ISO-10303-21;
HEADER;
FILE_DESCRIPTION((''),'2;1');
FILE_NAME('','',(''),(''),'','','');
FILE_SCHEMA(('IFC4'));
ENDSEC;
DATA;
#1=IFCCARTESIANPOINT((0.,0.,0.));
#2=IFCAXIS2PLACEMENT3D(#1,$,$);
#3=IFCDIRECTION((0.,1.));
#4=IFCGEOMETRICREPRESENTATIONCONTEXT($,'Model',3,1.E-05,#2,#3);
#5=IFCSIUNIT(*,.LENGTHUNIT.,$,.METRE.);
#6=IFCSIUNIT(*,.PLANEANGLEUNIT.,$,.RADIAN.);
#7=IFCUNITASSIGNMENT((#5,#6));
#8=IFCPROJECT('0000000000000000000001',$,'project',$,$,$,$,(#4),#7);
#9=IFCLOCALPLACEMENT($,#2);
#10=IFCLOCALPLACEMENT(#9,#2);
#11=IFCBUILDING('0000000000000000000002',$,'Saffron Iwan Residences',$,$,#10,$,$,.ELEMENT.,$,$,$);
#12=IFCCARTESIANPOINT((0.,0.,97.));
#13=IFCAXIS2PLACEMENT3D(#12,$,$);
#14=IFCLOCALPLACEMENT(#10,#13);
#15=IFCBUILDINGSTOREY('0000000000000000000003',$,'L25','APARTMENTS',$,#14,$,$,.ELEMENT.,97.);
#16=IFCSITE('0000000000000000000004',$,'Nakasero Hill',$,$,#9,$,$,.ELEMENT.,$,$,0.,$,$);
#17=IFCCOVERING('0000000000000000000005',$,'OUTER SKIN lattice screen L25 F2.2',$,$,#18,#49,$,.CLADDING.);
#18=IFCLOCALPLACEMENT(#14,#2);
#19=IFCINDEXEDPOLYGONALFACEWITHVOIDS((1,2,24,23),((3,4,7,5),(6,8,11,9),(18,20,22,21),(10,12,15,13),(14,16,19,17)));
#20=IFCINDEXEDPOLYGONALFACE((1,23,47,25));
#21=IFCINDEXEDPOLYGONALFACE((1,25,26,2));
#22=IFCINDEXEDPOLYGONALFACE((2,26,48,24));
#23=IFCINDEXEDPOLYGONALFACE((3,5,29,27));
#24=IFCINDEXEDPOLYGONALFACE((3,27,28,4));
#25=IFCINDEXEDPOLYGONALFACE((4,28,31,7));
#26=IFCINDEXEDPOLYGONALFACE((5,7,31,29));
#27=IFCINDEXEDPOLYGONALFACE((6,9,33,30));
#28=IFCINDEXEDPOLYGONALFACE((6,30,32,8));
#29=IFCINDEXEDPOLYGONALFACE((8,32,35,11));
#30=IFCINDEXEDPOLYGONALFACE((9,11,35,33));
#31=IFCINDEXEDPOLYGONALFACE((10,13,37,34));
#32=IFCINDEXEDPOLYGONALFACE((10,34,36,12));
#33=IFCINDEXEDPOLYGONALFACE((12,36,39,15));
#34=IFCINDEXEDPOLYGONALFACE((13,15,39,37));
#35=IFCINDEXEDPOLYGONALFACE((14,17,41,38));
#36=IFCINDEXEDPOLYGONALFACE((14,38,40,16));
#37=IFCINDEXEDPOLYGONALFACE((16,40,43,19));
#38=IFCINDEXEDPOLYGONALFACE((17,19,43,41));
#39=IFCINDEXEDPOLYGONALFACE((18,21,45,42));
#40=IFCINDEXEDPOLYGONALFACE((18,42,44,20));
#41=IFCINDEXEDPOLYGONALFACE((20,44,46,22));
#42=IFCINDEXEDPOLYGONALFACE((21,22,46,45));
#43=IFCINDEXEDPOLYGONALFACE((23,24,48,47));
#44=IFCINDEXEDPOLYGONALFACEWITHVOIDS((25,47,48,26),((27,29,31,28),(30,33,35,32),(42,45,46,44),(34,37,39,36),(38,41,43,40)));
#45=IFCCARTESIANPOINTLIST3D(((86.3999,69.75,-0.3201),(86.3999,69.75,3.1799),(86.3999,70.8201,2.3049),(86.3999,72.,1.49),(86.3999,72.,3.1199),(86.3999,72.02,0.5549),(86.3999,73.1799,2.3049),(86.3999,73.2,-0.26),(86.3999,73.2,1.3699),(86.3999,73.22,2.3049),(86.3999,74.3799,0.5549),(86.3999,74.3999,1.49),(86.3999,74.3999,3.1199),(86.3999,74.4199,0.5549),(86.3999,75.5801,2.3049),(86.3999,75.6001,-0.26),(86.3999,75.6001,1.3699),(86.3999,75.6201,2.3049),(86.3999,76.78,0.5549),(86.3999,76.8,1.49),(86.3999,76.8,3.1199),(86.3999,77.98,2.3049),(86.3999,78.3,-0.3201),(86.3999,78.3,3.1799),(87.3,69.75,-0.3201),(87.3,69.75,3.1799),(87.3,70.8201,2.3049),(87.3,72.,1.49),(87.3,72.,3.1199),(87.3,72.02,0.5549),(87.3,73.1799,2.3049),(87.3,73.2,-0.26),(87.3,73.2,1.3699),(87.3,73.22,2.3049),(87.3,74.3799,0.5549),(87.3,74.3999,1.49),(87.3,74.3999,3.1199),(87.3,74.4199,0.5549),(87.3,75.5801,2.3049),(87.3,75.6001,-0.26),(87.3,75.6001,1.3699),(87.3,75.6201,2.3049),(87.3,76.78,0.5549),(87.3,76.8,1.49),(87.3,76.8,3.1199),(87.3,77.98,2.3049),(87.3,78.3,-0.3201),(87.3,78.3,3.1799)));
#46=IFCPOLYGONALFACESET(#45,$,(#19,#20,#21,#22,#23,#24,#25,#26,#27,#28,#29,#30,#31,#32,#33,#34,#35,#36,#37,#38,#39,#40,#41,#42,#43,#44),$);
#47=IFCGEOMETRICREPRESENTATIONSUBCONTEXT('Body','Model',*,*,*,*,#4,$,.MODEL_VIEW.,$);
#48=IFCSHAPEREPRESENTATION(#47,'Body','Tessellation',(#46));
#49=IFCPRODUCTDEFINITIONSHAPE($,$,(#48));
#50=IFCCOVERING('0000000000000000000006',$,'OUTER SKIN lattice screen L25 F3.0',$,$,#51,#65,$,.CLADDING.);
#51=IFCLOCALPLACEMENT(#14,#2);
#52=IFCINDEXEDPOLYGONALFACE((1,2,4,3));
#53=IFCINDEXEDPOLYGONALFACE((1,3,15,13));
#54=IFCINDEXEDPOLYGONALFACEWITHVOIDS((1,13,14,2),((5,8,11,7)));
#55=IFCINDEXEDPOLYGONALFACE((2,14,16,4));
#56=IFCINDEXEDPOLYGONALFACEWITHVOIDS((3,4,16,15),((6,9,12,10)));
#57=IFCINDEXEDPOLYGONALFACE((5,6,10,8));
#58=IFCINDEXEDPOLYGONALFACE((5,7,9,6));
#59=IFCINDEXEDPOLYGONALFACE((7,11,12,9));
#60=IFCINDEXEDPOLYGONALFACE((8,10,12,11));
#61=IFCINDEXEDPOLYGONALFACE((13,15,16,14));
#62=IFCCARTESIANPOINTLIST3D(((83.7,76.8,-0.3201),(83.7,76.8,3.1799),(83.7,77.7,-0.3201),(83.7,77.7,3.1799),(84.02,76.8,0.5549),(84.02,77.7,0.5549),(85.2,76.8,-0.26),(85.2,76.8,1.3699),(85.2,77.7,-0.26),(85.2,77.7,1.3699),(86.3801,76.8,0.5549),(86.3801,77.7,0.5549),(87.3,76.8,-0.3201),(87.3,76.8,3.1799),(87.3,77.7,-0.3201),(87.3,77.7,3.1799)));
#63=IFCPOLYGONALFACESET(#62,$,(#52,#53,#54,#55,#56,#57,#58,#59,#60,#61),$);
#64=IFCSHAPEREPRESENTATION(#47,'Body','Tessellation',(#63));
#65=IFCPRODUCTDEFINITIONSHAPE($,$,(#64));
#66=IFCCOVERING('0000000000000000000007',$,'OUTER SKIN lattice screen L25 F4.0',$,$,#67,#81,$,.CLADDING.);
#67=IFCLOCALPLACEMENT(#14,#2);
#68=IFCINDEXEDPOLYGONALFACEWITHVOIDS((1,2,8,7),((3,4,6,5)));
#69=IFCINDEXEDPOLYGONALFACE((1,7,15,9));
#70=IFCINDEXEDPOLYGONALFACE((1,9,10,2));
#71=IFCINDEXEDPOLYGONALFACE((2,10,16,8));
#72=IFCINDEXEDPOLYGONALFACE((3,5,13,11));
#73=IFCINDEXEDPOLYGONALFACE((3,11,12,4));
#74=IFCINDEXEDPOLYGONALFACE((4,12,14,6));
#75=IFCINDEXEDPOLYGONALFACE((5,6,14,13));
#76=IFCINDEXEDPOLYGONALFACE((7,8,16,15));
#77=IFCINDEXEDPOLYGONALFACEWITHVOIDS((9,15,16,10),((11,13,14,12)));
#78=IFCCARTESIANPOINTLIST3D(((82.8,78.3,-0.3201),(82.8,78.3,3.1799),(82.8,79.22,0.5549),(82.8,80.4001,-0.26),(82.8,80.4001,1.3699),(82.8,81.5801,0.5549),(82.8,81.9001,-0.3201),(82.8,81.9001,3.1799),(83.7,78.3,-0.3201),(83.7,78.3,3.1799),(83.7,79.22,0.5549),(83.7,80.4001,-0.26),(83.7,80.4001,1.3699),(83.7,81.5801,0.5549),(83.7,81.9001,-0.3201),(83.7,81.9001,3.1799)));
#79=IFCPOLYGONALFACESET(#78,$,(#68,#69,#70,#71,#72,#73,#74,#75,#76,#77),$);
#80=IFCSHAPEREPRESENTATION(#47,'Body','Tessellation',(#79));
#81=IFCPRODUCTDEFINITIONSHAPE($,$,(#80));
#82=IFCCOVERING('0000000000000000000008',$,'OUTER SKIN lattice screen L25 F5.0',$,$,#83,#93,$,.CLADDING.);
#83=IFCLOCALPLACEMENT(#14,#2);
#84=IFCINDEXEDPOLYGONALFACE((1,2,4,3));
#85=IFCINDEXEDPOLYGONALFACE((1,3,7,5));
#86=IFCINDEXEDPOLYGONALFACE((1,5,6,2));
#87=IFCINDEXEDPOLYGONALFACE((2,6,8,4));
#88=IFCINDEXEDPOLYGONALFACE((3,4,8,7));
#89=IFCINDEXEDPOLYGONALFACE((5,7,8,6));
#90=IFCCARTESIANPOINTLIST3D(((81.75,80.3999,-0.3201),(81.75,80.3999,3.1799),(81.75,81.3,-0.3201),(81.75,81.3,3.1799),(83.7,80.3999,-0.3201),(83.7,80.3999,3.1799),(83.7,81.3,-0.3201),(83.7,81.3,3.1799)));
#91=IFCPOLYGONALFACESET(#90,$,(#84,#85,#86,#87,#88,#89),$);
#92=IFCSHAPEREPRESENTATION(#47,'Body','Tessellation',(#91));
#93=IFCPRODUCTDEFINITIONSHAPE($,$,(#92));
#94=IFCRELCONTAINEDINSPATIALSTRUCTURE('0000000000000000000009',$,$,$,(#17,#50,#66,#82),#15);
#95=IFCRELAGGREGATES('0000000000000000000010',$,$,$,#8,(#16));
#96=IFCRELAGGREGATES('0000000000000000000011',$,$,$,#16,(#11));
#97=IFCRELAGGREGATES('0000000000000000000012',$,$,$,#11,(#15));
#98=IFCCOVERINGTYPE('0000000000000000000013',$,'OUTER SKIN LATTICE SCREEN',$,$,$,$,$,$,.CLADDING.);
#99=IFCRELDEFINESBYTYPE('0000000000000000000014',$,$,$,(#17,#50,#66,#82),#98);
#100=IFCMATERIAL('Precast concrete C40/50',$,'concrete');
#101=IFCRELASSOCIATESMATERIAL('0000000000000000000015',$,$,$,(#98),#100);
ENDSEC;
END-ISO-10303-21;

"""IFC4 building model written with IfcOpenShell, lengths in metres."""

from ifc_helpers import new_model, si_unit, direction, frame, origin, place, context, subcontext, project, spatial, polyline, outline, extrude, material, type_object, element, save


model = new_model("IFC4")

# Units and contexts
model_context = context("Model", 3, precision=1e-05, world=origin(), true_north=direction((0.0, 1.0)))
body_context = subcontext(model_context, "Body", "Model", "MODEL_VIEW")
ifc_project = project(units=[si_unit("LENGTHUNIT", "METRE"), si_unit("PLANEANGLEUNIT", "RADIAN")], contexts=[model_context])

# Site, building, storey
site_placement = place(None, origin())
site = spatial("IfcSite", under=ifc_project, at=site_placement, Name="Nakasero Hill", CompositionType="ELEMENT", RefElevation=0.0)
building_placement = place(site_placement, origin())
building = spatial("IfcBuilding", under=site, at=building_placement, Name="Saffron Iwan Residences", CompositionType="ELEMENT")
storey_placement = place(building_placement, frame((0.0, 0.0, 97.0)))
storey = spatial("IfcBuildingStorey", under=building, at=storey_placement, Name="L25", Description="APARTMENTS", CompositionType="ELEMENT", Elevation=97.0)

# Coverings
ifc_material_1 = material(Name="Precast concrete C40/50", Category="concrete")
covering_type = type_object("IfcCoveringType", Name="OUTER SKIN LATTICE SCREEN", PredefinedType="CLADDING", material=ifc_material_1)
covering_1_placement = place(storey_placement, frame((86.3999, 69.75, -0.3201), z_axis=(1.0, 0.0, 0.0), x_axis=(0.0, 1.0, 0.0)))
element("IfcCovering", 1, at=covering_1_placement, inside=storey, type_object=covering_type, Name="OUTER SKIN lattice screen L25 F2.2", PredefinedType="CLADDING", context=body_context, shape_type="SweptSolid", body=[
    extrude(outline(polyline([(0.0, 0.0), (8.55, 0.0), (8.55, 3.5), (0.0, 3.5), (0.0, 0.0)]), holes=[polyline([(2.27, 0.875), (3.45, 0.0601), (4.6299, 0.875), (3.45, 1.6899), (2.27, 0.875)]), polyline([(4.6699, 0.875), (5.8501, 0.0601), (7.03, 0.875), (5.8501, 1.6899), (4.6699, 0.875)]), polyline([(1.0701, 2.625), (2.25, 1.8101), (3.4299, 2.625), (2.25, 3.4399), (1.0701, 2.625)]), polyline([(3.47, 2.625), (4.6499, 1.8101), (5.8301, 2.625), (4.6499, 3.4399), (3.47, 2.625)]), polyline([(5.8701, 2.625), (7.05, 1.8101), (8.23, 2.625), (7.05, 3.4399), (5.8701, 2.625)])]), origin(), (0.0, 0.0, 1.0), 0.9001),
])
for number, where, z_axis, x_axis, name in (
    (2, (87.3, 76.8, -0.3201), (0.0, 1.0, 0.0), (-1.0, 0.0, 0.0), "OUTER SKIN lattice screen L25 F3.0"),
    (3, (82.8, 78.3, -0.3201), (1.0, 0.0, 0.0), (0.0, 1.0, 0.0), "OUTER SKIN lattice screen L25 F4.0"),
):
    element("IfcCovering", number, at=place(storey_placement, frame(where, z_axis=z_axis, x_axis=x_axis)), inside=storey, type_object=covering_type, Name=name, PredefinedType="CLADDING", context=body_context, shape_type="SweptSolid", body=[
        extrude(outline(polyline([(0.0, 0.0), (3.6001, 0.0), (3.6001, 3.5), (0.0, 3.5), (0.0, 0.0)]), holes=[polyline([(0.9199, 0.875), (2.1001, 0.0601), (3.28, 0.875), (2.1001, 1.6899), (0.9199, 0.875)])]), origin(), (0.0, 0.0, 1.0), 0.8999),
    ])
covering_2_placement = place(storey_placement, frame((83.7, 80.3999, -0.3201), z_axis=(0.0, 1.0, 0.0), x_axis=(-1.0, 0.0, 0.0)))
element("IfcCovering", 4, at=covering_2_placement, inside=storey, type_object=covering_type, Name="OUTER SKIN lattice screen L25 F5.0", PredefinedType="CLADDING", context=body_context, shape_type="SweptSolid", body=[
    extrude(outline(polyline([(0.0, 0.0), (1.95, 0.0), (1.95, 3.5), (0.0, 3.5), (0.0, 0.0)])), origin(), (0.0, 0.0, 1.0), 0.9001),
])

save(model, "model.ifc")
